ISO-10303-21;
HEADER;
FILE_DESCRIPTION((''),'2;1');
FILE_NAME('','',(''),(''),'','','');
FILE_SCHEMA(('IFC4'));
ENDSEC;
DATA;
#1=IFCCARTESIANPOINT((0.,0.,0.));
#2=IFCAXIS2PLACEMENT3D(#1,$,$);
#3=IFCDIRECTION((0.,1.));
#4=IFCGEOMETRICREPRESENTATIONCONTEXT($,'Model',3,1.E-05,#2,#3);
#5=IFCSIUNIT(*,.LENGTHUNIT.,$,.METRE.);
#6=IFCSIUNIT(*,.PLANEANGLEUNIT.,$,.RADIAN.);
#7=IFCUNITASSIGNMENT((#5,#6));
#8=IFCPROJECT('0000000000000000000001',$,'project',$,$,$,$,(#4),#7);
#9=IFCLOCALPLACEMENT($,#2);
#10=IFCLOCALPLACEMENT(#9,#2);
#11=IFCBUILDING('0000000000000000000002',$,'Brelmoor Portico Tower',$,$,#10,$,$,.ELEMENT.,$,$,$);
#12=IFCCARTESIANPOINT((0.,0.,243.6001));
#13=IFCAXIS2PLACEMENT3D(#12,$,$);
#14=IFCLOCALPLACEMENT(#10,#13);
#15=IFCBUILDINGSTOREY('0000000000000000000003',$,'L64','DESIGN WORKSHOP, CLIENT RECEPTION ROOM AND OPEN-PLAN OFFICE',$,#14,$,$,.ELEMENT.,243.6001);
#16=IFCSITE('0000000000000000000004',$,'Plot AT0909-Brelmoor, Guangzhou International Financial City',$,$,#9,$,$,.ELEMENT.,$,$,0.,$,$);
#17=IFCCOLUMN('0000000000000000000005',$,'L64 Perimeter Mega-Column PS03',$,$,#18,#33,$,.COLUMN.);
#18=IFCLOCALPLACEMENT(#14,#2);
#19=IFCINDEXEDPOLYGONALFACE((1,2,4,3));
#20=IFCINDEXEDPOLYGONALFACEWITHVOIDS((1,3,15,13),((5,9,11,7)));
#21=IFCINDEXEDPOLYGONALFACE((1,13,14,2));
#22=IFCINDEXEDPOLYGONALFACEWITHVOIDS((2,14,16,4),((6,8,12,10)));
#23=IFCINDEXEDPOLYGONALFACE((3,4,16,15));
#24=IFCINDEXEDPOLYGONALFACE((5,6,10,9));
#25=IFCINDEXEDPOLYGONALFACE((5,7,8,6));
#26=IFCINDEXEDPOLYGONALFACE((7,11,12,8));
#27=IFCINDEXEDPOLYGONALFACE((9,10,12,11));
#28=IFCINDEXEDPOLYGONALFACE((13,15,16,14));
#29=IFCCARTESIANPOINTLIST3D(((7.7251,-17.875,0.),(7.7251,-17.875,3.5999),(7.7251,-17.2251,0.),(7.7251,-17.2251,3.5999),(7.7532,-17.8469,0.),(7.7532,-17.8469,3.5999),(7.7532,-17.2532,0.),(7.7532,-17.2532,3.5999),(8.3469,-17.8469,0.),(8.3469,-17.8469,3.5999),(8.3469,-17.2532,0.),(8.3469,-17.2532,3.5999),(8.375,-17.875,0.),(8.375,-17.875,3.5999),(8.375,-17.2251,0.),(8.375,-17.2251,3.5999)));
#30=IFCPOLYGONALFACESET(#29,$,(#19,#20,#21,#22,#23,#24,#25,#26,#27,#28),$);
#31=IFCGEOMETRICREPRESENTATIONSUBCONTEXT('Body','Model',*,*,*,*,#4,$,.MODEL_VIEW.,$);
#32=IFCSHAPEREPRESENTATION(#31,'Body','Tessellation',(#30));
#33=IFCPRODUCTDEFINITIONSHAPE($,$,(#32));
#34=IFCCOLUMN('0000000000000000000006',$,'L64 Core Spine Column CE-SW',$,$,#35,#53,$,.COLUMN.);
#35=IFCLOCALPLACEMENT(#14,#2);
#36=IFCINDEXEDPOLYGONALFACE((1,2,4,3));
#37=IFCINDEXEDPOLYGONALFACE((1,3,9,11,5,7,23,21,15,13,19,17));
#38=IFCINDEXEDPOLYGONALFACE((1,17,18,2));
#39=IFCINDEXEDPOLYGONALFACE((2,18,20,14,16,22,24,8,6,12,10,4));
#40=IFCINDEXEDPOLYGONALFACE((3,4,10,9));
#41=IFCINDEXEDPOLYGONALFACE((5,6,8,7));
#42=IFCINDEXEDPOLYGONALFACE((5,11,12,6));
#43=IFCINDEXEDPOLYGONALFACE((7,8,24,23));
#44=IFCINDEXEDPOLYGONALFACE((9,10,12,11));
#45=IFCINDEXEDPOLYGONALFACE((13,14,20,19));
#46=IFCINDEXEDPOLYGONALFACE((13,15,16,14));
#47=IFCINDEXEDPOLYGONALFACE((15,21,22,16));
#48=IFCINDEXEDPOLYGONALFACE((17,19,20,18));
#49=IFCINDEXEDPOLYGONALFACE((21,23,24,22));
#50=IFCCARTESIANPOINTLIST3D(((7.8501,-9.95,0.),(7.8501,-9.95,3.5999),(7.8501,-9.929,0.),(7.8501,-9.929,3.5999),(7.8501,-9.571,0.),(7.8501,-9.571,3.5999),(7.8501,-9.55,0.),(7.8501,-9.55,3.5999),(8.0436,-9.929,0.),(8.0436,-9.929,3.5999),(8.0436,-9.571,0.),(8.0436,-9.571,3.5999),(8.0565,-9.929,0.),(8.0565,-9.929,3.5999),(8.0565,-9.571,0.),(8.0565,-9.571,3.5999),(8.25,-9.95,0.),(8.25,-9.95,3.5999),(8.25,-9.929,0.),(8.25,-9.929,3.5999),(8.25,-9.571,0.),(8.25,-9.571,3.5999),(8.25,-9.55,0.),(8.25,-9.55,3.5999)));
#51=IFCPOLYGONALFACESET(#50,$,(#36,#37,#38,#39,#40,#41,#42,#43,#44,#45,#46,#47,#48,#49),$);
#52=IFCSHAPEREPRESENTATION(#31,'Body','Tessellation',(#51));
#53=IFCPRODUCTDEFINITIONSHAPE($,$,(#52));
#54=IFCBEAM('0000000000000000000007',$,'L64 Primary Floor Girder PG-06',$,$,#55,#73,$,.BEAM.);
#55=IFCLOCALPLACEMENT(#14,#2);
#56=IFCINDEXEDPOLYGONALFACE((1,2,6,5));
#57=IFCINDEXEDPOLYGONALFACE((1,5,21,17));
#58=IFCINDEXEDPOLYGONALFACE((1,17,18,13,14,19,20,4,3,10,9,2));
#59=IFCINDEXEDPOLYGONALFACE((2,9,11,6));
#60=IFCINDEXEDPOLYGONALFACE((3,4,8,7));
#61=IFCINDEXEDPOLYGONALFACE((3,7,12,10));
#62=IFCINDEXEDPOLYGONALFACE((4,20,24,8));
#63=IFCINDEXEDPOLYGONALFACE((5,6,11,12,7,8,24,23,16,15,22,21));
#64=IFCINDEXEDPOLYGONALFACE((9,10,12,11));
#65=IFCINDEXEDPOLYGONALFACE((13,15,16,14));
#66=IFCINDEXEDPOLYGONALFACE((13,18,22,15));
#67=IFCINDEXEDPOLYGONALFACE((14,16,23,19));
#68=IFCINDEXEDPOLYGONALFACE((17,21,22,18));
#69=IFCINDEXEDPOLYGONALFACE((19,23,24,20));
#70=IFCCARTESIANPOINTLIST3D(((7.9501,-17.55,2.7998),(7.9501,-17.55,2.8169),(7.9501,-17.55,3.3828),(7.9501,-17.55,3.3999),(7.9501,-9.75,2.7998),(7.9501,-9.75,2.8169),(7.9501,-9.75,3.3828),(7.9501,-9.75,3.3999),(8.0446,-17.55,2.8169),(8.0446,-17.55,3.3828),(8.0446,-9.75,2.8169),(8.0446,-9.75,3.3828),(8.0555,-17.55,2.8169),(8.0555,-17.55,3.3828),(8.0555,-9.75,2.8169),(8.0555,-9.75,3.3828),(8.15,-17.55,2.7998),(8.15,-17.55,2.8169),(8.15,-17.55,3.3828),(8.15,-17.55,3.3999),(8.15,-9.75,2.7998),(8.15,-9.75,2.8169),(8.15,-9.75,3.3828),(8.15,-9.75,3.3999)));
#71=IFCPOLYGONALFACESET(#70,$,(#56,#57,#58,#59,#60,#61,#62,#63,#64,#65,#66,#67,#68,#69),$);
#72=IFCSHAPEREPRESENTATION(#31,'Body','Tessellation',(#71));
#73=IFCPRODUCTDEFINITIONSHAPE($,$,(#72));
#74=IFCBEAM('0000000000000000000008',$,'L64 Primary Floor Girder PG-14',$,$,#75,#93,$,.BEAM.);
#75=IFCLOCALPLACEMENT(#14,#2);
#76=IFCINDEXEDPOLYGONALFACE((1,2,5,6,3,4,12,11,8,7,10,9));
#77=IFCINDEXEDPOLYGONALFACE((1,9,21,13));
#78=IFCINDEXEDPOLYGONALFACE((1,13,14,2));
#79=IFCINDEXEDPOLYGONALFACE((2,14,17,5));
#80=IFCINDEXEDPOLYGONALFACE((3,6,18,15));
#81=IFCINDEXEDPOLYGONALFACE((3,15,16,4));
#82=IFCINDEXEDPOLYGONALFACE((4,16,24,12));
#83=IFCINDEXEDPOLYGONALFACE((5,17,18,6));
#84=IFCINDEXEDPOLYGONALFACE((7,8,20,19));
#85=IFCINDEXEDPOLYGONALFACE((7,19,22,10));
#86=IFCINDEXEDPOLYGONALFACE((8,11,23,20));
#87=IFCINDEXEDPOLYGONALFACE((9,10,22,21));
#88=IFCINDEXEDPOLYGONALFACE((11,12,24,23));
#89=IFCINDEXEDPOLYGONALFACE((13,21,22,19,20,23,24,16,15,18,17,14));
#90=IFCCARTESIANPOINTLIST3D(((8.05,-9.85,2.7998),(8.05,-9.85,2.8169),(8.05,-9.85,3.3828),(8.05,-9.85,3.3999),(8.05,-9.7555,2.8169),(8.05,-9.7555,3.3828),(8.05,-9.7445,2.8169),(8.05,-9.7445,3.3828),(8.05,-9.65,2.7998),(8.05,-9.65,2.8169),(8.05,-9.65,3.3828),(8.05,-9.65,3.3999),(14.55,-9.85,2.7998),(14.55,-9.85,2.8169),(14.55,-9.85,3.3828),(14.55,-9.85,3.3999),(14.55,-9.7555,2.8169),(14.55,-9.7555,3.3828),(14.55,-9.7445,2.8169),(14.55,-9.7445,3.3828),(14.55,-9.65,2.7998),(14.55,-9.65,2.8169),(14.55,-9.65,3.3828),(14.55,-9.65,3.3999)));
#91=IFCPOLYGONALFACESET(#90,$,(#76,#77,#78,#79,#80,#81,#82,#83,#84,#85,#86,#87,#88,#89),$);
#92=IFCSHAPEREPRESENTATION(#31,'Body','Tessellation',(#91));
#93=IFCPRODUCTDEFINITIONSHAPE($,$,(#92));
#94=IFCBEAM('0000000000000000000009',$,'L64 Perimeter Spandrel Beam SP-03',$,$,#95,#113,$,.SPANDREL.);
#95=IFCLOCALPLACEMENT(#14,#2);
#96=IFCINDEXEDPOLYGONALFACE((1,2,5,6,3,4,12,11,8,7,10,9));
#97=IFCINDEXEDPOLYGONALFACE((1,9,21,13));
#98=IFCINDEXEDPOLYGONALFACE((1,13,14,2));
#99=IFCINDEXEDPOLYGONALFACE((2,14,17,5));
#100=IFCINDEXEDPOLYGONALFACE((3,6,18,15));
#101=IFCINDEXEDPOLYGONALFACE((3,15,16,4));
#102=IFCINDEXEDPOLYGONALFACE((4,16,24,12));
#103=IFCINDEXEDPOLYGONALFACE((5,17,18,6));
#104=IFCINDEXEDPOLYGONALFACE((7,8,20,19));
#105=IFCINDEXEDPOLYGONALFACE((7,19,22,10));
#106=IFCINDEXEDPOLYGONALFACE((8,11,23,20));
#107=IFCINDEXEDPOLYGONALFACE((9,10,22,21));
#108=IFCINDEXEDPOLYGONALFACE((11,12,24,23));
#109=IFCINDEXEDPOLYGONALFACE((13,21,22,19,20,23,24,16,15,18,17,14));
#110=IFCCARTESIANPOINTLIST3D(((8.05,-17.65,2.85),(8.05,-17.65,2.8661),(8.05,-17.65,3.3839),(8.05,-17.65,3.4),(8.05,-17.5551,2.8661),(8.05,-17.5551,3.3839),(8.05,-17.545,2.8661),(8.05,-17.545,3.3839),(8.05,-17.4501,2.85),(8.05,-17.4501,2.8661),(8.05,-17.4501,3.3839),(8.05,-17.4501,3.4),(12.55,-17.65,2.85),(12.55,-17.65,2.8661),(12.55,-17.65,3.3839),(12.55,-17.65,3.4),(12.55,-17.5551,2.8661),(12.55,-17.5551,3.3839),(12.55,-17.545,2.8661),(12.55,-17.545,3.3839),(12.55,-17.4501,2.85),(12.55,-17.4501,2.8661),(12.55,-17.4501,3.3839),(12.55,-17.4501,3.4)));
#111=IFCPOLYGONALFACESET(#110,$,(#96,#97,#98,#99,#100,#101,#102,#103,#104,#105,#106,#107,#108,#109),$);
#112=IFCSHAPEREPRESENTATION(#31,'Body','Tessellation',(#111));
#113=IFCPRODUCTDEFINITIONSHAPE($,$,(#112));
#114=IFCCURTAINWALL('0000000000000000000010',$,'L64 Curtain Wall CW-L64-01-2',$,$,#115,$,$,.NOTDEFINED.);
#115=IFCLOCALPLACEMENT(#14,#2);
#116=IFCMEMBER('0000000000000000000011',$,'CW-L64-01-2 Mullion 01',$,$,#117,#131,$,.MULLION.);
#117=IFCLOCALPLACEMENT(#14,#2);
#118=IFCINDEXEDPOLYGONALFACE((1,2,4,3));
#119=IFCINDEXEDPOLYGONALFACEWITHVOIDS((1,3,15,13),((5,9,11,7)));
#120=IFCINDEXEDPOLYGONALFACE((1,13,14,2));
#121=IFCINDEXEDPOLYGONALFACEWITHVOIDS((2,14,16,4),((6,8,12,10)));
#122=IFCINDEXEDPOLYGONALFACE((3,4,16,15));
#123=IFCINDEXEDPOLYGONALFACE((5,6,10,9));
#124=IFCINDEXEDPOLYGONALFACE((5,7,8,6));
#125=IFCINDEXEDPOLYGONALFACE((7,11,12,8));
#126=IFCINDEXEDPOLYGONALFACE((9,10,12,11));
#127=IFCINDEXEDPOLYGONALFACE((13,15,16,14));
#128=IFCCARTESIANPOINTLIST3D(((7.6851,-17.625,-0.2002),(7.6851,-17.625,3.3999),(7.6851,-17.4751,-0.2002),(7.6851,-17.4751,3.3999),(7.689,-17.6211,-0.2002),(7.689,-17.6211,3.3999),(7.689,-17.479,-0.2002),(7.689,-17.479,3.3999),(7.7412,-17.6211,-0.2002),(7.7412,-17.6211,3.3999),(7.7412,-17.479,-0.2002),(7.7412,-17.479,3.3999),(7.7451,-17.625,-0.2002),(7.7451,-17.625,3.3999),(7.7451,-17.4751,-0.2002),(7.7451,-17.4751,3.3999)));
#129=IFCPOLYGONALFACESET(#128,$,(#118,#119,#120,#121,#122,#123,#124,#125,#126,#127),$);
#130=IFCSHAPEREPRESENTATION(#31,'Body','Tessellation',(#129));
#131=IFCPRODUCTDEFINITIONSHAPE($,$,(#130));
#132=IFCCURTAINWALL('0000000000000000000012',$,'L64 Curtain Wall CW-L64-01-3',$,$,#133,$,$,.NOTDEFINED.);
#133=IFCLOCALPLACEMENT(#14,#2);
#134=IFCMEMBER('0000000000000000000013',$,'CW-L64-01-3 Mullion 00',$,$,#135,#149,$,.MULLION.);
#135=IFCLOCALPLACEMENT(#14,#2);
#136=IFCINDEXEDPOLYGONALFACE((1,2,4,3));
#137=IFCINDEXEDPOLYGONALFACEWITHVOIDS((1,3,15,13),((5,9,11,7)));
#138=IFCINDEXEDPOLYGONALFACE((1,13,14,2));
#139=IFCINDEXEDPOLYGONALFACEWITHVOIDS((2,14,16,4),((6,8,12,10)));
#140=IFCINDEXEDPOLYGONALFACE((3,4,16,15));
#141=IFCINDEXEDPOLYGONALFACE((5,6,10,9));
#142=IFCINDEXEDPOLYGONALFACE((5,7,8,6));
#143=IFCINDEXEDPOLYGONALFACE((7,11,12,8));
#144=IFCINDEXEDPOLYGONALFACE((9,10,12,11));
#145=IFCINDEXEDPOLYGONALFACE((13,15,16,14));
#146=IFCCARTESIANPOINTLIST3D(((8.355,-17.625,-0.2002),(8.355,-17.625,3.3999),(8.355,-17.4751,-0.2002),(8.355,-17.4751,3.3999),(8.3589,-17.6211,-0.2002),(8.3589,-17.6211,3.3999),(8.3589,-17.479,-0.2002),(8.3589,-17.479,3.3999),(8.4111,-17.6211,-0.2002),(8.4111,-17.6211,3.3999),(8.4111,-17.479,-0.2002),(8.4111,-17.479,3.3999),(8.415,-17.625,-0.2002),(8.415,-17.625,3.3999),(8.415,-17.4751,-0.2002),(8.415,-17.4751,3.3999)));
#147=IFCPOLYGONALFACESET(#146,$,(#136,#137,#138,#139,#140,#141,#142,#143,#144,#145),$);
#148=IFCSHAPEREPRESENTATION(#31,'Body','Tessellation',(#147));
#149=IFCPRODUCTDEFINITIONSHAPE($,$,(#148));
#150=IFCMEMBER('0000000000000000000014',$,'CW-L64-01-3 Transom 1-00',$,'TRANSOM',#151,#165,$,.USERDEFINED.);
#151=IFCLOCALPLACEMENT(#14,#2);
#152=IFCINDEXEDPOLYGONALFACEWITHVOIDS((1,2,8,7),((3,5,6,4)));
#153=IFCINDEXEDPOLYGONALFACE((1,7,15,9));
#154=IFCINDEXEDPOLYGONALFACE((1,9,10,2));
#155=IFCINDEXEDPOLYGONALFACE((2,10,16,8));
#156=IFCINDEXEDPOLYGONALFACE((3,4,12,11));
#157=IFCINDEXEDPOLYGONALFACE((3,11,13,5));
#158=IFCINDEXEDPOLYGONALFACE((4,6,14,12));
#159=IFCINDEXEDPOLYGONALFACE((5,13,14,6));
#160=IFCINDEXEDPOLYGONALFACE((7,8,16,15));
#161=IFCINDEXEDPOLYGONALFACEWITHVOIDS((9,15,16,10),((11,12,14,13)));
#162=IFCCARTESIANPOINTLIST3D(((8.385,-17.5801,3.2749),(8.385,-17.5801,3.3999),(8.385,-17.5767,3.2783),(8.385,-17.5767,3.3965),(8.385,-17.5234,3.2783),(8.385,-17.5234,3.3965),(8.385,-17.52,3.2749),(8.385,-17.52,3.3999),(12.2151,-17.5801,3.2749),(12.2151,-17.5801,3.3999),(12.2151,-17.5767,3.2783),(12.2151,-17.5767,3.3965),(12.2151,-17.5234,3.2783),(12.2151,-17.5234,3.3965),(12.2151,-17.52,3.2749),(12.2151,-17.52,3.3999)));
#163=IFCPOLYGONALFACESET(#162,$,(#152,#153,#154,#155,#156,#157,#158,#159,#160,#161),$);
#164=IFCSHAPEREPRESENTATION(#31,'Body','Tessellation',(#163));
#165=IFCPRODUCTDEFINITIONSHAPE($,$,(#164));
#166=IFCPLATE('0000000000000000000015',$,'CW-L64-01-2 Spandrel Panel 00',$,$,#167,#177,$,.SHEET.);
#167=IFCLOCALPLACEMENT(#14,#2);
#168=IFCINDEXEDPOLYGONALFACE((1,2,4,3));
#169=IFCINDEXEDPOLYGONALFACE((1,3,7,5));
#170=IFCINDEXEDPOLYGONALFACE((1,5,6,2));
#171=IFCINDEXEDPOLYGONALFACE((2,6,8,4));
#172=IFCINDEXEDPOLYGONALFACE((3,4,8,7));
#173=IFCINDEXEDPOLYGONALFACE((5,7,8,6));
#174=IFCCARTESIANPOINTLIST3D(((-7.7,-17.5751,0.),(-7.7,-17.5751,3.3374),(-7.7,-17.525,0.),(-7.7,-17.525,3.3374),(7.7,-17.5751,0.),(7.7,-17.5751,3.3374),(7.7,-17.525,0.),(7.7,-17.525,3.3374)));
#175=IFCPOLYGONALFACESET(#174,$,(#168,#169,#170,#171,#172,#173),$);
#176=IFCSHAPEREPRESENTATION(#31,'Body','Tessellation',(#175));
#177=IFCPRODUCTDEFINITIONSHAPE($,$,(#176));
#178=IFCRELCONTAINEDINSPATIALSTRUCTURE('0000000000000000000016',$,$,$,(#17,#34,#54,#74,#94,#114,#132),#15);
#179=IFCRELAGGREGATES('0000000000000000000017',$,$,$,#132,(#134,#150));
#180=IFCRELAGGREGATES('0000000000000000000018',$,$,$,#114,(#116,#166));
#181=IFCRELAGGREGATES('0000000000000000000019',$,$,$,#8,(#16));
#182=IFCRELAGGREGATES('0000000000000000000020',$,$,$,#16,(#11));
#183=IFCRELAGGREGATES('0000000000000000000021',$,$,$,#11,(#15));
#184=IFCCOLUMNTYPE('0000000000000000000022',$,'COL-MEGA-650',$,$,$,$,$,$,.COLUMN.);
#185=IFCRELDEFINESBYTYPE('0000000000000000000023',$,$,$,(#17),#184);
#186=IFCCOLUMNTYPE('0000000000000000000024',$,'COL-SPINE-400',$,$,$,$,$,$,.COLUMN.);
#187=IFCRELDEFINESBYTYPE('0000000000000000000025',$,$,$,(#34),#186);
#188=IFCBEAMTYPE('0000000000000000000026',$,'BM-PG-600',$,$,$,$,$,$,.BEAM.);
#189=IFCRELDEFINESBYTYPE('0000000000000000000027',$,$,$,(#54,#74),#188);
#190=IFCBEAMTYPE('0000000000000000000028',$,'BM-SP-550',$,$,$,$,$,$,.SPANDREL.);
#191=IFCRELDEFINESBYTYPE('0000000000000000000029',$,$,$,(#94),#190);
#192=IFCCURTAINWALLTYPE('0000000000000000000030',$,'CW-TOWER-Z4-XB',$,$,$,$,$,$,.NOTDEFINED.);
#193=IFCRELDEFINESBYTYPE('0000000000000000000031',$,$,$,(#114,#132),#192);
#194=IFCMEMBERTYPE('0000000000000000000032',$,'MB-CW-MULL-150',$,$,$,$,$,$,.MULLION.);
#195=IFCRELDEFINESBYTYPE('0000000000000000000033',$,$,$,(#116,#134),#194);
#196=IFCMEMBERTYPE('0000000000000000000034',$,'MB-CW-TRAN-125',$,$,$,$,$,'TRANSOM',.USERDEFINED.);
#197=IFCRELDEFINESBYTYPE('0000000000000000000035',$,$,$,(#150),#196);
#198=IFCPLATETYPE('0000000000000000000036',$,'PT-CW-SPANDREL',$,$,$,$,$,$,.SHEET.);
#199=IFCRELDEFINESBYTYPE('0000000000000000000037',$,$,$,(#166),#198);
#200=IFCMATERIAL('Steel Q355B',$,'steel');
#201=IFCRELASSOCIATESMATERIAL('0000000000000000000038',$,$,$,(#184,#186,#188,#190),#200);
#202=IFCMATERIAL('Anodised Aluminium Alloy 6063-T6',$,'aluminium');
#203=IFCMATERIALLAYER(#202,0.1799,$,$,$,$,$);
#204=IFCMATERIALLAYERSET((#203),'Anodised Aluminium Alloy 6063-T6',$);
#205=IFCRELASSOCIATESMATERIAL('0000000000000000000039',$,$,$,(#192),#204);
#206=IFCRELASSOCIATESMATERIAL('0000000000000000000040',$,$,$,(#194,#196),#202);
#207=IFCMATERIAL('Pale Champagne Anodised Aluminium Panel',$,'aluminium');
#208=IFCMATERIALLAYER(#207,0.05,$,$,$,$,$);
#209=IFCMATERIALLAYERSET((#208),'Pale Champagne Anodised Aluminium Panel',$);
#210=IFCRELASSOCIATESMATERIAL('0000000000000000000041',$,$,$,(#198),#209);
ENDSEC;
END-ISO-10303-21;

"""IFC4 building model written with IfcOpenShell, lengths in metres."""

from ifc_helpers import new_model, si_unit, direction, frame, origin, origin_2d, place, context, subcontext, project, spatial, rectangle, hollow_rectangle, i_section, extrude, material, layer, layer_set, material_profile, profile_set, type_object, element, aggregate, save


model = new_model("IFC4")

# Units and contexts
model_context = context("Model", 3, precision=1e-05, world=origin(), true_north=direction((0.0, 1.0)))
body_context = subcontext(model_context, "Body", "Model", "MODEL_VIEW")
ifc_project = project(units=[si_unit("LENGTHUNIT", "METRE"), si_unit("PLANEANGLEUNIT", "RADIAN")], contexts=[model_context])

# Site, building, storey
site_placement = place(None, origin())
site = spatial("IfcSite", under=ifc_project, at=site_placement, Name="Plot AT0909-Brelmoor, Guangzhou International Financial City", CompositionType="ELEMENT", RefElevation=0.0)
building_placement = place(site_placement, origin())
building = spatial("IfcBuilding", under=site, at=building_placement, Name="Brelmoor Portico Tower", CompositionType="ELEMENT")
storey_placement = place(building_placement, frame((0.0, 0.0, 243.6001)))
storey = spatial("IfcBuildingStorey", under=building, at=storey_placement, Name="L64", Description="DESIGN WORKSHOP, CLIENT RECEPTION ROOM AND OPEN-PLAN OFFICE", CompositionType="ELEMENT", Elevation=243.6001)

# Columns
ifc_material_1 = material(Name="Steel Q355B", Category="steel")
ifc_material_profile_1 = material_profile(ifc_material_1, hollow_rectangle(XDim=0.6499, YDim=0.6499, WallThickness=0.0281, at=origin_2d()), Name="BOX 650x650x28")
ifc_profile_set_1 = profile_set([ifc_material_profile_1], Name="Steel Q355B")
column_type_1 = type_object("IfcColumnType", Name="COL-MEGA-650", PredefinedType="COLUMN", material=ifc_profile_set_1)
column_1_placement = place(storey_placement, frame((8.05, -17.55, 0.0), z_axis=(0.0, 0.0, 1.0), x_axis=(1.0, 0.0, 0.0)))
element("IfcColumn", 1, at=column_1_placement, inside=storey, type_object=column_type_1, Name="L64 Perimeter Mega-Column PS03", PredefinedType="COLUMN", context=body_context, shape_type="SweptSolid", body=[
    extrude(hollow_rectangle(XDim=0.6499, YDim=0.6499, WallThickness=0.0281, at=origin_2d()), origin(), (0.0, 0.0, 1.0), 3.5999),
])
ifc_material_profile_2 = material_profile(ifc_material_1, i_section(OverallWidth=0.3999, OverallDepth=0.3999, WebThickness=0.0129, FlangeThickness=0.021, at=origin_2d()), Name="HW 400x400x13x21")
ifc_profile_set_2 = profile_set([ifc_material_profile_2], Name="Steel Q355B")
column_type_2 = type_object("IfcColumnType", Name="COL-SPINE-400", PredefinedType="COLUMN", material=ifc_profile_set_2)
column_2_placement = place(storey_placement, frame((8.05, -9.75, 0.0), z_axis=(0.0, 0.0, 1.0), x_axis=(1.0, 0.0, 0.0)))
element("IfcColumn", 2, at=column_2_placement, inside=storey, type_object=column_type_2, Name="L64 Core Spine Column CE-SW", PredefinedType="COLUMN", context=body_context, shape_type="SweptSolid", body=[
    extrude(i_section(OverallWidth=0.3999, OverallDepth=0.3999, WebThickness=0.0129, FlangeThickness=0.021, at=origin_2d()), origin(), (0.0, 0.0, 1.0), 3.5999),
])

# Beams
ifc_material_profile_3 = material_profile(ifc_material_1, i_section(OverallWidth=0.2, OverallDepth=0.6001, WebThickness=0.011, FlangeThickness=0.0171, at=origin_2d()), Name="HN 600x200x11x17")
ifc_profile_set_3 = profile_set([ifc_material_profile_3], Name="Steel Q355B")
beam_type_1 = type_object("IfcBeamType", Name="BM-PG-600", PredefinedType="BEAM", material=ifc_profile_set_3)
beam_1_placement = place(storey_placement, frame((8.05, -17.55, 3.0999), z_axis=(0.0, 1.0, 0.0), x_axis=(-1.0, 0.0, 0.0)))
element("IfcBeam", 3, at=beam_1_placement, inside=storey, type_object=beam_type_1, Name="L64 Primary Floor Girder PG-06", PredefinedType="BEAM", context=body_context, shape_type="SweptSolid", body=[
    extrude(i_section(OverallWidth=0.2, OverallDepth=0.6001, WebThickness=0.011, FlangeThickness=0.0171, at=origin_2d()), origin(), (0.0, 0.0, 1.0), 7.8),
])
beam_2_placement = place(storey_placement, frame((8.05, -9.75, 3.0999), z_axis=(1.0, 0.0, 0.0), x_axis=(0.0, 1.0, 0.0)))
element("IfcBeam", 4, at=beam_2_placement, inside=storey, type_object=beam_type_1, Name="L64 Primary Floor Girder PG-14", PredefinedType="BEAM", context=body_context, shape_type="SweptSolid", body=[
    extrude(i_section(OverallWidth=0.2, OverallDepth=0.6001, WebThickness=0.011, FlangeThickness=0.0171, at=origin_2d()), origin(), (0.0, 0.0, 1.0), 6.5),
])
ifc_material_profile_4 = material_profile(ifc_material_1, i_section(OverallWidth=0.2, OverallDepth=0.55, WebThickness=0.01, FlangeThickness=0.0161, at=origin_2d()), Name="HN 550x200x10x16")
ifc_profile_set_4 = profile_set([ifc_material_profile_4], Name="Steel Q355B")
beam_type_2 = type_object("IfcBeamType", Name="BM-SP-550", PredefinedType="SPANDREL", material=ifc_profile_set_4)
beam_3_placement = place(storey_placement, frame((8.05, -17.55, 3.125), z_axis=(1.0, 0.0, 0.0), x_axis=(0.0, 1.0, 0.0)))
element("IfcBeam", 5, at=beam_3_placement, inside=storey, type_object=beam_type_2, Name="L64 Perimeter Spandrel Beam SP-03", PredefinedType="SPANDREL", context=body_context, shape_type="SweptSolid", body=[
    extrude(i_section(OverallWidth=0.2, OverallDepth=0.55, WebThickness=0.01, FlangeThickness=0.0161, at=origin_2d()), origin(), (0.0, 0.0, 1.0), 4.5),
])

# Curtain wall, member
ifc_material_2 = material(Name="Anodised Aluminium Alloy 6063-T6", Category="aluminium")
ifc_layer_1 = layer(ifc_material_2, 0.1799)
ifc_layer_set_1 = layer_set([ifc_layer_1], Name="Anodised Aluminium Alloy 6063-T6")
curtain_wall_type = type_object("IfcCurtainWallType", Name="CW-TOWER-Z4-XB", PredefinedType="NOTDEFINED", material=ifc_layer_set_1)
curtain_wall_1_placement = place(storey_placement, origin())
curtain_wall_1 = element("IfcCurtainWall", 6, at=curtain_wall_1_placement, inside=storey, type_object=curtain_wall_type, Name="L64 Curtain Wall CW-L64-01-2", PredefinedType="NOTDEFINED")
ifc_material_profile_5 = material_profile(ifc_material_2, hollow_rectangle(XDim=0.0601, YDim=0.1499, WallThickness=0.0039, at=origin_2d()), Name="ALU MULLION 60x150")
ifc_profile_set_5 = profile_set([ifc_material_profile_5], Name="Anodised Aluminium Alloy 6063-T6")
member_type_1 = type_object("IfcMemberType", Name="MB-CW-MULL-150", PredefinedType="MULLION", material=ifc_profile_set_5)
member_1_placement = place(storey_placement, frame((7.7151, -17.55, -0.2002), z_axis=(0.0, 0.0, 1.0), x_axis=(1.0, 0.0, 0.0)))
member_1 = element("IfcMember", 7, at=member_1_placement, type_object=member_type_1, Name="CW-L64-01-2 Mullion 01", PredefinedType="MULLION", context=body_context, shape_type="SweptSolid", body=[
    extrude(hollow_rectangle(XDim=0.0601, YDim=0.1499, WallThickness=0.0039, at=origin_2d()), origin(), (0.0, 0.0, 1.0), 3.6001),
])

# Curtain wall, members
curtain_wall_2_placement = place(storey_placement, origin())
curtain_wall_2 = element("IfcCurtainWall", 8, at=curtain_wall_2_placement, inside=storey, type_object=curtain_wall_type, Name="L64 Curtain Wall CW-L64-01-3", PredefinedType="NOTDEFINED")
member_2_placement = place(storey_placement, frame((8.385, -17.55, -0.2002), z_axis=(0.0, 0.0, 1.0), x_axis=(1.0, 0.0, 0.0)))
member_2 = element("IfcMember", 9, at=member_2_placement, type_object=member_type_1, Name="CW-L64-01-3 Mullion 00", PredefinedType="MULLION", context=body_context, shape_type="SweptSolid", body=[
    extrude(hollow_rectangle(XDim=0.0601, YDim=0.1499, WallThickness=0.0039, at=origin_2d()), origin(), (0.0, 0.0, 1.0), 3.6001),
])
ifc_material_profile_6 = material_profile(ifc_material_2, hollow_rectangle(XDim=0.0601, YDim=0.125, WallThickness=0.0034, at=origin_2d()), Name="ALU TRANSOM 60x125")
ifc_profile_set_6 = profile_set([ifc_material_profile_6], Name="Anodised Aluminium Alloy 6063-T6")
member_type_2 = type_object("IfcMemberType", Name="MB-CW-TRAN-125", ElementType="TRANSOM", PredefinedType="USERDEFINED", material=ifc_profile_set_6)
member_3_placement = place(storey_placement, frame((8.385, -17.55, 3.3374), z_axis=(1.0, 0.0, 0.0), x_axis=(0.0, 1.0, 0.0)))
member_3 = element("IfcMember", 10, at=member_3_placement, type_object=member_type_2, Name="CW-L64-01-3 Transom 1-00", ObjectType="TRANSOM", PredefinedType="USERDEFINED", context=body_context, shape_type="SweptSolid", body=[
    extrude(hollow_rectangle(XDim=0.0601, YDim=0.125, WallThickness=0.0034, at=origin_2d()), origin(), (0.0, 0.0, 1.0), 3.8301),
])
aggregate(curtain_wall_2, [member_2, member_3])

# Plate
ifc_material_3 = material(Name="Pale Champagne Anodised Aluminium Panel", Category="aluminium")
ifc_layer_2 = layer(ifc_material_3, 0.05)
ifc_layer_set_2 = layer_set([ifc_layer_2], Name="Pale Champagne Anodised Aluminium Panel")
plate_type_1 = type_object("IfcPlateType", Name="PT-CW-SPANDREL", PredefinedType="SHEET", material=ifc_layer_set_2)
plate_1_placement = place(storey_placement, frame((0.0, -17.55, 0.0), z_axis=(0.0, 0.0, 1.0), x_axis=(1.0, 0.0, 0.0)))
plate_1 = element("IfcPlate", 11, at=plate_1_placement, type_object=plate_type_1, Name="CW-L64-01-2 Spandrel Panel 00", PredefinedType="SHEET", context=body_context, shape_type="SweptSolid", body=[
    extrude(rectangle(XDim=15.3999, YDim=0.05, at=origin_2d()), origin(), (0.0, 0.0, 1.0), 3.3374),
])
aggregate(curtain_wall_1, [member_1, plate_1])

save(model, "model.ifc")
